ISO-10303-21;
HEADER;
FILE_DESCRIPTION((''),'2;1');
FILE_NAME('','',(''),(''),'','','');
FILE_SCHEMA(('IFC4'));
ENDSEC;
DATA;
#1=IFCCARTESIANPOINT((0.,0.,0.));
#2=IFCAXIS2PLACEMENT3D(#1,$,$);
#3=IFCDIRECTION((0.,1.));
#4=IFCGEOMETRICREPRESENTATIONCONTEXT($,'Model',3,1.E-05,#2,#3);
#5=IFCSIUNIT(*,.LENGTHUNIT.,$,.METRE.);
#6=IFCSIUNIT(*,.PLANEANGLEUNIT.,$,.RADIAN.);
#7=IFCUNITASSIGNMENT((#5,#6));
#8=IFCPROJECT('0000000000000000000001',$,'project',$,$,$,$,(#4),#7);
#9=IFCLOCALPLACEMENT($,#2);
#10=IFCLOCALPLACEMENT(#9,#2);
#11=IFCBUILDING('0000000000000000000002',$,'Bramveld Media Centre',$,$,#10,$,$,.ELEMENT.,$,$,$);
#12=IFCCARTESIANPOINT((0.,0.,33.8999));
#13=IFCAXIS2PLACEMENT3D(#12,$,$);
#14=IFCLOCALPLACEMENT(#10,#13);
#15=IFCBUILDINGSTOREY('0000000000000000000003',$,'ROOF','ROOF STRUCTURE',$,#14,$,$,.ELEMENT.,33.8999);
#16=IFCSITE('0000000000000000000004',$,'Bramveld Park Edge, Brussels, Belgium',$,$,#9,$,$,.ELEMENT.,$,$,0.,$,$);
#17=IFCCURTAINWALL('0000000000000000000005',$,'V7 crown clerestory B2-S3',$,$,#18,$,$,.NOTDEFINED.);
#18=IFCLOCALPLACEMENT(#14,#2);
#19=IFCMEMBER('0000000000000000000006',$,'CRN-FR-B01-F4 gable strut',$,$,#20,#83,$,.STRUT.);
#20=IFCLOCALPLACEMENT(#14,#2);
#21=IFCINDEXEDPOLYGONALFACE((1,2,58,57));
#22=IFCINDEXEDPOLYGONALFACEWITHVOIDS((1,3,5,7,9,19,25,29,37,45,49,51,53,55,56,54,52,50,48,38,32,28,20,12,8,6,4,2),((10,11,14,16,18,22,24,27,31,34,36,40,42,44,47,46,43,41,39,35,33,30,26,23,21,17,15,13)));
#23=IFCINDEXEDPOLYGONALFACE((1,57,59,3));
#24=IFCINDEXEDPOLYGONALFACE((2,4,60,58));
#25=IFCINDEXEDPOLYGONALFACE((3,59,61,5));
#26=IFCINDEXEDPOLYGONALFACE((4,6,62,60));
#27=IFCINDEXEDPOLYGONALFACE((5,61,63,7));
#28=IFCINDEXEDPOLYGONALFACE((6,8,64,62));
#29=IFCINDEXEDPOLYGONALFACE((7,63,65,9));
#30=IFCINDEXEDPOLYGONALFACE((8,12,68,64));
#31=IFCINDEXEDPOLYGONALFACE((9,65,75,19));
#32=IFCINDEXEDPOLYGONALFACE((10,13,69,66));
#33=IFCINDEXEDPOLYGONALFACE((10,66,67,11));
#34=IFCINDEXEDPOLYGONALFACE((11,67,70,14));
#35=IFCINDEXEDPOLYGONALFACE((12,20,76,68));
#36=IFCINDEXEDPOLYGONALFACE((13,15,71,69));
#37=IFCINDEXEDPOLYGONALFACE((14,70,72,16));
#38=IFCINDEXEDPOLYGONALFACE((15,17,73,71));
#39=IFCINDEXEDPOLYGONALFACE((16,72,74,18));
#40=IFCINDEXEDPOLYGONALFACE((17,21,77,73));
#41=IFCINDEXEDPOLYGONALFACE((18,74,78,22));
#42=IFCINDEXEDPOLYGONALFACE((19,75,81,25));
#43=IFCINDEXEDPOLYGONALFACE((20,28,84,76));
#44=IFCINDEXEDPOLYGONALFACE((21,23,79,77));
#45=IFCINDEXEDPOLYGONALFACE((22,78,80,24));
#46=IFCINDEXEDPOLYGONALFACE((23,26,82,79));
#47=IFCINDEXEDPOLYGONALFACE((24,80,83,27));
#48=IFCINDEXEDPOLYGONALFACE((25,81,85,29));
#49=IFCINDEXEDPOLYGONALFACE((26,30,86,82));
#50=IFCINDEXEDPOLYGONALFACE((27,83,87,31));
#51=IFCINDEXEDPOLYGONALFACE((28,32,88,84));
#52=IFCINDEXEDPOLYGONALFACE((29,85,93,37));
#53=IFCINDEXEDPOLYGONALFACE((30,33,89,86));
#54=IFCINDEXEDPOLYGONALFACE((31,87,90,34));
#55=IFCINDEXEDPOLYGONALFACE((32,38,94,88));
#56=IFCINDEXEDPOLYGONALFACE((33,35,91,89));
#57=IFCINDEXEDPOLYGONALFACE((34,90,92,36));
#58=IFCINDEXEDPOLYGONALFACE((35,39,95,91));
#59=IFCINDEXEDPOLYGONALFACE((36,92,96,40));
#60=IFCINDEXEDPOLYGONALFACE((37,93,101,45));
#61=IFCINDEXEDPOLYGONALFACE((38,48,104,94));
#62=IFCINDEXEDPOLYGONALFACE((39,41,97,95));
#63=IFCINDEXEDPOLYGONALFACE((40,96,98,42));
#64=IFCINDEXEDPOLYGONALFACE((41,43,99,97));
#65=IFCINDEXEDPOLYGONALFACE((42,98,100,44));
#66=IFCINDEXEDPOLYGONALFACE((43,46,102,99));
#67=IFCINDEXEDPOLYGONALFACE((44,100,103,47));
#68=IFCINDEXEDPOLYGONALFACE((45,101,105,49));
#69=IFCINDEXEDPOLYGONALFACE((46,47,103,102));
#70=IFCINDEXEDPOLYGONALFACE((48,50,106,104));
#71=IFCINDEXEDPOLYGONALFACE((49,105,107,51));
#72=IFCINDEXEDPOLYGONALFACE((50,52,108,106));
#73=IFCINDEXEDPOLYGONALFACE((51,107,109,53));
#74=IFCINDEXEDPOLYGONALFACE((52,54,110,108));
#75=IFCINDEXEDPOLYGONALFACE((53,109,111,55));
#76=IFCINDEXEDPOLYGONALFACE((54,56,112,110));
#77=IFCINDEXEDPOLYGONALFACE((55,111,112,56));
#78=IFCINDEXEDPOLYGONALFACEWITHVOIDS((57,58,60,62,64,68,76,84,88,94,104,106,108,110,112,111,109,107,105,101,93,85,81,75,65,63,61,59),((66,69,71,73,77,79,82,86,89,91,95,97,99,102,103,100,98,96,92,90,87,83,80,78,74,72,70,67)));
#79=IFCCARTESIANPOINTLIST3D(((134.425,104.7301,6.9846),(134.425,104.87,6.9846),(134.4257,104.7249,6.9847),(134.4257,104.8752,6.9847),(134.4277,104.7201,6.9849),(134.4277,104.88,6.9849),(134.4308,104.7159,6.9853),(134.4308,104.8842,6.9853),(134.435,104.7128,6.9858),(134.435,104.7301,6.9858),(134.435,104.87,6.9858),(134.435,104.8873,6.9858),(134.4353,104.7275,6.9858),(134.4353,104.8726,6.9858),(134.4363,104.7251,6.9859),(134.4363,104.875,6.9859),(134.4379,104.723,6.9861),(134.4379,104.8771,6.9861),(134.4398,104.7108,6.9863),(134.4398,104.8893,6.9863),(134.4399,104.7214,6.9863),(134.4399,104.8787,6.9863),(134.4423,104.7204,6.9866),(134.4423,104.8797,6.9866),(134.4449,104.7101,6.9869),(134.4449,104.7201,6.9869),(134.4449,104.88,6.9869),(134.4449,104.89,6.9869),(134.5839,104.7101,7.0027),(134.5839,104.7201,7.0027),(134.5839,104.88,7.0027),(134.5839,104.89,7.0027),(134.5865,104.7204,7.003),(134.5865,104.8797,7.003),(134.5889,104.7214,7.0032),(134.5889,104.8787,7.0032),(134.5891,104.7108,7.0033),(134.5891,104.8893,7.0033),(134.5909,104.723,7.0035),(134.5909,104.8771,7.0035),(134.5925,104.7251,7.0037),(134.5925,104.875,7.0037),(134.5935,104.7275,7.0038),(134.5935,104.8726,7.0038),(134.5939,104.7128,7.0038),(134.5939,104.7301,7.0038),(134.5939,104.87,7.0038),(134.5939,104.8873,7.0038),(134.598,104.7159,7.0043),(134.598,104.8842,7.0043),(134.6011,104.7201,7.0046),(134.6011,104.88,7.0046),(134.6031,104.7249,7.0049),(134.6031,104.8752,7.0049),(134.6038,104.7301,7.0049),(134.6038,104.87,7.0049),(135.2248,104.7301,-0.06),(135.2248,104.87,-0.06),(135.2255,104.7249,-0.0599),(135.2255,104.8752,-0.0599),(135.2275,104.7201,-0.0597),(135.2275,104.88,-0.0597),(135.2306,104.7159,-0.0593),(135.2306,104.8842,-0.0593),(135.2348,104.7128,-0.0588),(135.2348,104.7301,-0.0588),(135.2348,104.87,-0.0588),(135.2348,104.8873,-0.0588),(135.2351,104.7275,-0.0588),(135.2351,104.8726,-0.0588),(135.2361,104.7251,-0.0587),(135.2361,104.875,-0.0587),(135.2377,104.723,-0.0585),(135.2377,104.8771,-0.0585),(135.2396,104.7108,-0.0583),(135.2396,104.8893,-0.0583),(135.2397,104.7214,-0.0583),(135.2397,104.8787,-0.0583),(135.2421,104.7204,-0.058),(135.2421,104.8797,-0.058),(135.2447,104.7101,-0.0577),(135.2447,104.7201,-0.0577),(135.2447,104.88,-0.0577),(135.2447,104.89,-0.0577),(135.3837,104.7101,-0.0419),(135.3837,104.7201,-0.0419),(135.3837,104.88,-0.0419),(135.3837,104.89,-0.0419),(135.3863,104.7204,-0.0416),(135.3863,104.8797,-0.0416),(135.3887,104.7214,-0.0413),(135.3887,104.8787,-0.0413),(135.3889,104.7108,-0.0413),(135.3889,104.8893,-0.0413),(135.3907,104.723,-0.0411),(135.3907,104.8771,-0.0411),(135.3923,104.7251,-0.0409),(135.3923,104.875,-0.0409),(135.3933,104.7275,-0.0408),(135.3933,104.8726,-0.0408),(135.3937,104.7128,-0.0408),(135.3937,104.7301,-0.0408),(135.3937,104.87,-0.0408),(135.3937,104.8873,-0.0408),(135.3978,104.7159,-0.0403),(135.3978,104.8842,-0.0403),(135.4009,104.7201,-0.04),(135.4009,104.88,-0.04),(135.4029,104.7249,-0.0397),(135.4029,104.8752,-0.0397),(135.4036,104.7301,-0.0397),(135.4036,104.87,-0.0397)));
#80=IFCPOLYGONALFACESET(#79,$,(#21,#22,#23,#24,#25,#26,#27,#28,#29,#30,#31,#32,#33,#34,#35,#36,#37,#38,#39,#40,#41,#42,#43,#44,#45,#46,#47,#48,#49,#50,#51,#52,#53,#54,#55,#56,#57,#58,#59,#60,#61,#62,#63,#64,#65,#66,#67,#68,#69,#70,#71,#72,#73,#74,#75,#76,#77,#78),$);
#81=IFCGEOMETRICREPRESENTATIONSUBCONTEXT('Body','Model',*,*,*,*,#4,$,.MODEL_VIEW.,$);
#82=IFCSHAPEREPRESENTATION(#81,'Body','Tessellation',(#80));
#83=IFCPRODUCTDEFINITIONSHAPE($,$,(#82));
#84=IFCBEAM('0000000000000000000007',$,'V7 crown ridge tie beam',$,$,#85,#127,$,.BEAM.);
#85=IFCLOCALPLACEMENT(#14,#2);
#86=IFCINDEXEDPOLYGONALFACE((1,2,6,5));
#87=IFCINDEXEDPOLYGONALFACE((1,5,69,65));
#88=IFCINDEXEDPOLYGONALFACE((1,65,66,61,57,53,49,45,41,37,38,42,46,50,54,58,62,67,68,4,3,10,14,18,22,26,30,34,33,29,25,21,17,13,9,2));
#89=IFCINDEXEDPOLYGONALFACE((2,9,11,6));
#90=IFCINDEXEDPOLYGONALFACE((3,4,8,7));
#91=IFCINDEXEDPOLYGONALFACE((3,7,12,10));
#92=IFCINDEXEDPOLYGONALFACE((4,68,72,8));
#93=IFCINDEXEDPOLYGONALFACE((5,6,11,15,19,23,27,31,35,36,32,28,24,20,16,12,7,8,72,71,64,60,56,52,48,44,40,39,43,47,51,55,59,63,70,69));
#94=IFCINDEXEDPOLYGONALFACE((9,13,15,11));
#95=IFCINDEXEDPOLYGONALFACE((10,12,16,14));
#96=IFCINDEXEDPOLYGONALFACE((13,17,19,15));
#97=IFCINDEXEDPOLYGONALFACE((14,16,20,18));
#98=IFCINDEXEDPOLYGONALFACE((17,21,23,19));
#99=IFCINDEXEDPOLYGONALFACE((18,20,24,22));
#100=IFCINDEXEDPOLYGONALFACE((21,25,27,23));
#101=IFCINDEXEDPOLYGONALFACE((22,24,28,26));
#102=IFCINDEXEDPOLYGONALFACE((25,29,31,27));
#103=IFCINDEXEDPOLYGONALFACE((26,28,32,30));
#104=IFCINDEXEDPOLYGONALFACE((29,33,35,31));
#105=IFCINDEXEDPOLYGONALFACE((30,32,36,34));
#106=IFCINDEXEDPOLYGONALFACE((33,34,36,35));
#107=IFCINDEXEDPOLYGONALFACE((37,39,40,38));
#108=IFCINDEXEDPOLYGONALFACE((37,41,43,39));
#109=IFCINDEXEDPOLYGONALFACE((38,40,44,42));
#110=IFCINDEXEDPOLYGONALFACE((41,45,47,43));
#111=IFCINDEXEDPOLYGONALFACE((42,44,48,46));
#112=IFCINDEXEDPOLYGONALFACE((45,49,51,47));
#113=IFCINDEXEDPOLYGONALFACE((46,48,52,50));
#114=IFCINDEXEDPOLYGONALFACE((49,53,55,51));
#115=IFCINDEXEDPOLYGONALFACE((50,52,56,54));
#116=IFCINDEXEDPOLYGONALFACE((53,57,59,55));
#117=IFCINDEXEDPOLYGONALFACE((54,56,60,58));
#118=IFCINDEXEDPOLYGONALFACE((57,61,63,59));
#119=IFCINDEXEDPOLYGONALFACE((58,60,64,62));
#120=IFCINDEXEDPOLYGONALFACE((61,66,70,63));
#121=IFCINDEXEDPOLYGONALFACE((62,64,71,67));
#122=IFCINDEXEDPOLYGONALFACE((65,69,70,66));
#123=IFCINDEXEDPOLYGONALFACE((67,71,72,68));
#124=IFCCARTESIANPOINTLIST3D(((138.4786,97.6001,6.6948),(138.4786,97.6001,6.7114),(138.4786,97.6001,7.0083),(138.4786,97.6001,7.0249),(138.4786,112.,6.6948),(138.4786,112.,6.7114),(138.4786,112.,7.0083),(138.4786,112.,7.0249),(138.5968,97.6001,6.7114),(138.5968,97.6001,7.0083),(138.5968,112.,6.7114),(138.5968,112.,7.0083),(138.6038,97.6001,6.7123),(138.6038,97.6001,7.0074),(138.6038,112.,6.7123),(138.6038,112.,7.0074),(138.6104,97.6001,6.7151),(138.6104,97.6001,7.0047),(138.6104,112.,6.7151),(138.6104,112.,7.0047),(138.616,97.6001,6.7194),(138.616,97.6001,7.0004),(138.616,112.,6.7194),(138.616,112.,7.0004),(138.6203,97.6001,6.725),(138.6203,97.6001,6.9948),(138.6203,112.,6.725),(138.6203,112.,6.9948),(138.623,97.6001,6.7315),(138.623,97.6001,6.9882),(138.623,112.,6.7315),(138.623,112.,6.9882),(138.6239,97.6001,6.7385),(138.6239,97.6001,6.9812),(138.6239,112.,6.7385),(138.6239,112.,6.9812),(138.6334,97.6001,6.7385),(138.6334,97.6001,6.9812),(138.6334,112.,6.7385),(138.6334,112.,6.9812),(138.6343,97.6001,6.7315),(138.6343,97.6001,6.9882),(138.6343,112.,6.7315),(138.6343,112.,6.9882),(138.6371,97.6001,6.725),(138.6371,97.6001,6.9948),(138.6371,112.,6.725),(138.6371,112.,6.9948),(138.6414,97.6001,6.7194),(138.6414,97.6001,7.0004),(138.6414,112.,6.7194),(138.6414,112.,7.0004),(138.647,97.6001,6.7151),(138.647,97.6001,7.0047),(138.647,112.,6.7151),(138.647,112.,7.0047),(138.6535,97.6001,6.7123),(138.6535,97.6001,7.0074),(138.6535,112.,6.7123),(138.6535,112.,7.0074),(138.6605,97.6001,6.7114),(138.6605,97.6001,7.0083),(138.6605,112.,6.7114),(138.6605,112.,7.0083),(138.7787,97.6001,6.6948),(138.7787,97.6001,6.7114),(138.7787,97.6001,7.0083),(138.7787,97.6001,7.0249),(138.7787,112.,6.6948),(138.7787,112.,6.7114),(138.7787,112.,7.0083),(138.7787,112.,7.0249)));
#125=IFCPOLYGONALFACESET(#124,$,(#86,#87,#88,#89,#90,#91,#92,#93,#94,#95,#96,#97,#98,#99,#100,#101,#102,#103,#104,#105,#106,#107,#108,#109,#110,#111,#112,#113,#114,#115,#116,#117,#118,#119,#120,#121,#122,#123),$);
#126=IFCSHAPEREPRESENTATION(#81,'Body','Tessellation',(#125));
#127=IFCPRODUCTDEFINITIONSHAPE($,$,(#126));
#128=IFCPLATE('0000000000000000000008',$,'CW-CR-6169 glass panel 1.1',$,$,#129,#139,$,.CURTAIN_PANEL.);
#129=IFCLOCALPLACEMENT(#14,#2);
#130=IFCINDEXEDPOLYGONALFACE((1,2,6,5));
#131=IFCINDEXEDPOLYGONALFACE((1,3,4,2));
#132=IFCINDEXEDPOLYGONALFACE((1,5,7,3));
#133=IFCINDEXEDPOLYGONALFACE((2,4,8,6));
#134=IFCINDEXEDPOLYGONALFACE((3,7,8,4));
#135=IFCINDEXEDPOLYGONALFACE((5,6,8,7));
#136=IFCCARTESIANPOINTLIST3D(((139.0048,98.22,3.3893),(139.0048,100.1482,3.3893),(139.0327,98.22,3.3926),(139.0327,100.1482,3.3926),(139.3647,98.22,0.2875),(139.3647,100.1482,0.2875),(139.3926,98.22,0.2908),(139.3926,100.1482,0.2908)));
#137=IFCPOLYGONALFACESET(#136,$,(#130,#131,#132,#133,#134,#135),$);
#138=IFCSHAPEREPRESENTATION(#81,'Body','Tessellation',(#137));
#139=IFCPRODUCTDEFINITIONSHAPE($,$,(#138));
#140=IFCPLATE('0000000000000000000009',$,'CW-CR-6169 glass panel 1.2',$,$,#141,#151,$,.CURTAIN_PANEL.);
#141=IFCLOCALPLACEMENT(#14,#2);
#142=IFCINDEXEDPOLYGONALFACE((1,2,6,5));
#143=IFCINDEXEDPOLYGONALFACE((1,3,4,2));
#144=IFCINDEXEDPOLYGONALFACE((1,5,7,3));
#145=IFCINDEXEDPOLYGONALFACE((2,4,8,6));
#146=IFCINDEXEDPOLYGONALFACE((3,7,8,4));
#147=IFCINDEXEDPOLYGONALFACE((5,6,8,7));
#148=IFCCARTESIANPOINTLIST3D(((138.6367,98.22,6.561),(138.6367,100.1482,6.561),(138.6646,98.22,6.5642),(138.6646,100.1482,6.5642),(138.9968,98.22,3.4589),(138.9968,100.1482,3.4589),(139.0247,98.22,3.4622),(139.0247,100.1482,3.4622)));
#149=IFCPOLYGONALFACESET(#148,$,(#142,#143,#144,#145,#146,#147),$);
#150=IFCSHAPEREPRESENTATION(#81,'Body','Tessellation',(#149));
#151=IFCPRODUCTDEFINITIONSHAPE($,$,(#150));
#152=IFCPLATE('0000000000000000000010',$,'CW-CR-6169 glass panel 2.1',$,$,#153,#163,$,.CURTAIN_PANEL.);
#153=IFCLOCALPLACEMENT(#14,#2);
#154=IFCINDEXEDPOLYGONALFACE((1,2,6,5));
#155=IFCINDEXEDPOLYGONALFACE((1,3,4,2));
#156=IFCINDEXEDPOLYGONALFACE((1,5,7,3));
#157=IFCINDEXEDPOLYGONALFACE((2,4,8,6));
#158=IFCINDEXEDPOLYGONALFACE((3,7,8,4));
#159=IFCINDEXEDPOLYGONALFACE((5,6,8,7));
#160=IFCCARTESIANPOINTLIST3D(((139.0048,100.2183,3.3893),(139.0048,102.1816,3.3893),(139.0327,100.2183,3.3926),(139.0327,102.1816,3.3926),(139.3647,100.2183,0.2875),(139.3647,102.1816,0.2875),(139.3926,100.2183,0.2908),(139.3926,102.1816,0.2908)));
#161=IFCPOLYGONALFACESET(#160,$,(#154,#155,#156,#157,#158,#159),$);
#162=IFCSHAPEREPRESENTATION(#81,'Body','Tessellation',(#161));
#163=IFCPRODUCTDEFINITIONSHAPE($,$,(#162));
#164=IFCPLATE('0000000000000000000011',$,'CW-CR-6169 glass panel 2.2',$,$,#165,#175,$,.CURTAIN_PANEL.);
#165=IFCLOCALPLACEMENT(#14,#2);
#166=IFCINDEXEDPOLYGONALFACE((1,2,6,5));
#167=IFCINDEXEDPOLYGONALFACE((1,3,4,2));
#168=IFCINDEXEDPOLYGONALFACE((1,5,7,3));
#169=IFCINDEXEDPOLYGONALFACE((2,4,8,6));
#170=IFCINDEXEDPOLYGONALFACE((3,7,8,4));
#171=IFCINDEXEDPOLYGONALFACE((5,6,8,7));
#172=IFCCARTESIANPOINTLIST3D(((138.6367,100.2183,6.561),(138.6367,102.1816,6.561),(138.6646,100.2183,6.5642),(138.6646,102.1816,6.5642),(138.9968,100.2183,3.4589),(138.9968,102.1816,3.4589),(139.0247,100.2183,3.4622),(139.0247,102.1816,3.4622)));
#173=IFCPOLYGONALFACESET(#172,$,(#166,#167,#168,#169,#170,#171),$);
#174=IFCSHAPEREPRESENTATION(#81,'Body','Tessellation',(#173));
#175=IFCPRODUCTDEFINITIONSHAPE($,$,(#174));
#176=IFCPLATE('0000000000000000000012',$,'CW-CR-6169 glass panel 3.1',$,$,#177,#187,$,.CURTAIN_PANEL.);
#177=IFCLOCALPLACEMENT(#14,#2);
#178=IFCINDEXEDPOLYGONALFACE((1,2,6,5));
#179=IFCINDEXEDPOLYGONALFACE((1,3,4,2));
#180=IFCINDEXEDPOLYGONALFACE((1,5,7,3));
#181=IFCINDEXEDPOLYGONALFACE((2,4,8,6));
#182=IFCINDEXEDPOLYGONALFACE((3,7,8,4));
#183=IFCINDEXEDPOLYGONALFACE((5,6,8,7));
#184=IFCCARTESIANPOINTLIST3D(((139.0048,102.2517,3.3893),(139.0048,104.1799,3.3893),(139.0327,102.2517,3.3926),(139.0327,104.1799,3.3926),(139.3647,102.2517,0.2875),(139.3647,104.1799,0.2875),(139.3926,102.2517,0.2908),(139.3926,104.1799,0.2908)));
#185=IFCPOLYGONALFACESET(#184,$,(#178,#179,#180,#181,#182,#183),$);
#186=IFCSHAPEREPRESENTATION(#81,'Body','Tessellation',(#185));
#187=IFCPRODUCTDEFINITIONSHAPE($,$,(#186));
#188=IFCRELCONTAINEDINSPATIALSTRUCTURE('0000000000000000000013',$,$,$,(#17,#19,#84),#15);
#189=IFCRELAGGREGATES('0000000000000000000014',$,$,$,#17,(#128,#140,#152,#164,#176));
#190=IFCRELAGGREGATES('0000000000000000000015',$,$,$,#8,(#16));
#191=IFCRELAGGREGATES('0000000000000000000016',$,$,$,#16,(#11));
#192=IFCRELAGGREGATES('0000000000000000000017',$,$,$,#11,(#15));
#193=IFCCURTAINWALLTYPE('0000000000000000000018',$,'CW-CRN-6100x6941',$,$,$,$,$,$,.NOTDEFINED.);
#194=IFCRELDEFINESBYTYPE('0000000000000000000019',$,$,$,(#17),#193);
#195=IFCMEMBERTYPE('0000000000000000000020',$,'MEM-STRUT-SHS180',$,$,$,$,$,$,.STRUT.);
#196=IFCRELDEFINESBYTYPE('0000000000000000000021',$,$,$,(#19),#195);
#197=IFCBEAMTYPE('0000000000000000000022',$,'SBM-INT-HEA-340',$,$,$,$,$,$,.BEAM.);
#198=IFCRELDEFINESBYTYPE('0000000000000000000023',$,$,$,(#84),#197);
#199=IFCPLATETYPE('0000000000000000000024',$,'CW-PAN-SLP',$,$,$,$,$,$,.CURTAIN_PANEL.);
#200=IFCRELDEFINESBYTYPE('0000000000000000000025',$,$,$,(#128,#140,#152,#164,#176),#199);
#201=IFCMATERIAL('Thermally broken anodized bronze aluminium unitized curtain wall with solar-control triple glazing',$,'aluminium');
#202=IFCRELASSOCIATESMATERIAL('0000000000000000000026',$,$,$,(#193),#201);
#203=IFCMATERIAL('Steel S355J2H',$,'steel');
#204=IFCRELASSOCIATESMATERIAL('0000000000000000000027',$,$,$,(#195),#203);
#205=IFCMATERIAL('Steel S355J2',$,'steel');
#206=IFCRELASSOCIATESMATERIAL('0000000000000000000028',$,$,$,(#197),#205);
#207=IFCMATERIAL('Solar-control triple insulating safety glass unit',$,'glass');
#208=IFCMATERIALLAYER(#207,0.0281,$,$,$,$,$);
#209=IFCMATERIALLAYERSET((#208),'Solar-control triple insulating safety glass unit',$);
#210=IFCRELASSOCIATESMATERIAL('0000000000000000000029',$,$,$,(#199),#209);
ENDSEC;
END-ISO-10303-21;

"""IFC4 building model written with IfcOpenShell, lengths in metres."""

from ifc_helpers import new_model, si_unit, direction, frame, origin, origin_2d, place, context, subcontext, project, spatial, polyline, hollow_rectangle, i_section, outline, extrude, material, layer, layer_set, material_profile, profile_set, type_object, element, aggregate, save


model = new_model("IFC4")

# Units and contexts
model_context = context("Model", 3, precision=1e-05, world=origin(), true_north=direction((0.0, 1.0)))
body_context = subcontext(model_context, "Body", "Model", "MODEL_VIEW")
ifc_project = project(units=[si_unit("LENGTHUNIT", "METRE"), si_unit("PLANEANGLEUNIT", "RADIAN")], contexts=[model_context])

# Site, building, storey
site_placement = place(None, origin())
site = spatial("IfcSite", under=ifc_project, at=site_placement, Name="Bramveld Park Edge, Brussels, Belgium", CompositionType="ELEMENT", RefElevation=0.0)
building_placement = place(site_placement, origin())
building = spatial("IfcBuilding", under=site, at=building_placement, Name="Bramveld Media Centre", CompositionType="ELEMENT")
storey_placement = place(building_placement, frame((0.0, 0.0, 33.8999)))
storey = spatial("IfcBuildingStorey", under=building, at=storey_placement, Name="ROOF", Description="ROOF STRUCTURE", CompositionType="ELEMENT", Elevation=33.8999)

# Curtain wall
ifc_material_1 = material(Name="Thermally broken anodized bronze aluminium unitized curtain wall with solar-control triple glazing", Category="aluminium")
curtain_wall_type = type_object("IfcCurtainWallType", Name="CW-CRN-6100x6941", PredefinedType="NOTDEFINED", material=ifc_material_1)
curtain_wall_placement = place(storey_placement, origin())
curtain_wall = element("IfcCurtainWall", 1, at=curtain_wall_placement, inside=storey, type_object=curtain_wall_type, Name="V7 crown clerestory B2-S3", PredefinedType="NOTDEFINED")

# Member
ifc_material_2 = material(Name="Steel S355J2H", Category="steel")
ifc_material_profile_1 = material_profile(ifc_material_2, hollow_rectangle(XDim=0.1799, YDim=0.1799, WallThickness=0.01, InnerFilletRadius=0.01, OuterFilletRadius=0.02, at=origin_2d()), Name="SHS 180x180x10")
ifc_profile_set_1 = profile_set([ifc_material_profile_1], Name="Steel S355J2H")
member_type_1 = type_object("IfcMemberType", Name="MEM-STRUT-SHS180", PredefinedType="STRUT", material=ifc_profile_set_1)
member_1_placement = place(storey_placement, frame((135.3142, 104.8, -0.0498), z_axis=(-0.112808, 0.0, 0.993617), x_axis=(0.0, -1.0, 0.0)))
element("IfcMember", 2, at=member_1_placement, inside=storey, type_object=member_type_1, Name="CRN-FR-B01-F4 gable strut", PredefinedType="STRUT", context=body_context, shape_type="SweptSolid", body=[
    extrude(hollow_rectangle(XDim=0.1799, YDim=0.1799, WallThickness=0.01, InnerFilletRadius=0.01, OuterFilletRadius=0.02, at=origin_2d()), origin(), (0.0, 0.0, 1.0), 7.0898),
])

# Beam
ifc_material_3 = material(Name="Steel S355J2", Category="steel")
ifc_material_profile_2 = material_profile(ifc_material_3, i_section(OverallWidth=0.3, OverallDepth=0.3301, WebThickness=0.0095, FlangeThickness=0.0166, FilletRadius=0.0271, at=origin_2d()), Name="HEA 340")
ifc_profile_set_2 = profile_set([ifc_material_profile_2], Name="Steel S355J2")
beam_type = type_object("IfcBeamType", Name="SBM-INT-HEA-340", PredefinedType="BEAM", material=ifc_profile_set_2)
beam_placement = place(storey_placement, frame((138.6287, 97.6001, 6.8599), z_axis=(0.0, 1.0, 0.0), x_axis=(-1.0, 0.0, 0.0)))
element("IfcBeam", 3, at=beam_placement, inside=storey, type_object=beam_type, Name="V7 crown ridge tie beam", PredefinedType="BEAM", context=body_context, shape_type="SweptSolid", body=[
    extrude(i_section(OverallWidth=0.3, OverallDepth=0.3301, WebThickness=0.0095, FlangeThickness=0.0166, FilletRadius=0.0271, at=origin_2d()), origin(), (0.0, 0.0, 1.0), 14.3999),
])

# Plates
ifc_material_4 = material(Name="Solar-control triple insulating safety glass unit", Category="glass")
ifc_layer_1 = layer(ifc_material_4, 0.0281)
ifc_layer_set_1 = layer_set([ifc_layer_1], Name="Solar-control triple insulating safety glass unit")
plate_type_1 = type_object("IfcPlateType", Name="CW-PAN-SLP", PredefinedType="CURTAIN_PANEL", material=ifc_layer_set_1)
plate_1_placement = place(storey_placement, frame((139.3926, 98.22, 0.2908), z_axis=(0.993337, 0.0, 0.115244), x_axis=(0.0, 1.0, 0.0)))
plate_1 = element("IfcPlate", 4, at=plate_1_placement, type_object=plate_type_1, Name="CW-CR-6169 glass panel 1.1", PredefinedType="CURTAIN_PANEL", context=body_context, shape_type="SweptSolid", body=[
    extrude(outline(polyline([(0.0, 0.0), (1.9282, 0.0), (1.9282, 3.1226), (0.0, 3.1226), (0.0, 0.0)])), origin(), (0.0, 0.0, -1.0), 0.0281),
])
plate_2_placement = place(storey_placement, frame((139.0247, 98.22, 3.4622), z_axis=(0.993329, 0.0, 0.115313), x_axis=(0.0, 1.0, 0.0)))
plate_2 = element("IfcPlate", 5, at=plate_2_placement, type_object=plate_type_1, Name="CW-CR-6169 glass panel 1.2", PredefinedType="CURTAIN_PANEL", context=body_context, shape_type="SweptSolid", body=[
    extrude(outline(polyline([(0.0, 0.0), (1.9282, 0.0), (1.9282, 3.1229), (0.0, 3.1229), (0.0, 0.0)])), origin(), (0.0, 0.0, -1.0), 0.0281),
])
plate_3_placement = place(storey_placement, frame((139.3926, 100.2183, 0.2908), z_axis=(0.993337, 0.0, 0.115244), x_axis=(0.0, 1.0, 0.0)))
plate_3 = element("IfcPlate", 6, at=plate_3_placement, type_object=plate_type_1, Name="CW-CR-6169 glass panel 2.1", PredefinedType="CURTAIN_PANEL", context=body_context, shape_type="SweptSolid", body=[
    extrude(outline(polyline([(0.0, 0.0), (1.9634, 0.0), (1.9634, 3.1226), (0.0, 3.1226), (0.0, 0.0)])), origin(), (0.0, 0.0, -1.0), 0.0281),
])
plate_4_placement = place(storey_placement, frame((139.0247, 100.2183, 3.4622), z_axis=(0.993329, 0.0, 0.115313), x_axis=(0.0, 1.0, 0.0)))
plate_4 = element("IfcPlate", 7, at=plate_4_placement, type_object=plate_type_1, Name="CW-CR-6169 glass panel 2.2", PredefinedType="CURTAIN_PANEL", context=body_context, shape_type="SweptSolid", body=[
    extrude(outline(polyline([(0.0, 0.0), (1.9634, 0.0), (1.9634, 3.1229), (0.0, 3.1229), (0.0, 0.0)])), origin(), (0.0, 0.0, -1.0), 0.0281),
])
plate_5_placement = place(storey_placement, frame((139.3926, 102.2517, 0.2908), z_axis=(0.993337, 0.0, 0.115244), x_axis=(0.0, 1.0, 0.0)))
plate_5 = element("IfcPlate", 8, at=plate_5_placement, type_object=plate_type_1, Name="CW-CR-6169 glass panel 3.1", PredefinedType="CURTAIN_PANEL", context=body_context, shape_type="SweptSolid", body=[
    extrude(outline(polyline([(0.0, 0.0), (1.9282, 0.0), (1.9282, 3.1226), (0.0, 3.1226), (0.0, 0.0)])), origin(), (0.0, 0.0, -1.0), 0.0281),
])
aggregate(curtain_wall, [plate_1, plate_2, plate_3, plate_4, plate_5])

save(model, "model.ifc")
